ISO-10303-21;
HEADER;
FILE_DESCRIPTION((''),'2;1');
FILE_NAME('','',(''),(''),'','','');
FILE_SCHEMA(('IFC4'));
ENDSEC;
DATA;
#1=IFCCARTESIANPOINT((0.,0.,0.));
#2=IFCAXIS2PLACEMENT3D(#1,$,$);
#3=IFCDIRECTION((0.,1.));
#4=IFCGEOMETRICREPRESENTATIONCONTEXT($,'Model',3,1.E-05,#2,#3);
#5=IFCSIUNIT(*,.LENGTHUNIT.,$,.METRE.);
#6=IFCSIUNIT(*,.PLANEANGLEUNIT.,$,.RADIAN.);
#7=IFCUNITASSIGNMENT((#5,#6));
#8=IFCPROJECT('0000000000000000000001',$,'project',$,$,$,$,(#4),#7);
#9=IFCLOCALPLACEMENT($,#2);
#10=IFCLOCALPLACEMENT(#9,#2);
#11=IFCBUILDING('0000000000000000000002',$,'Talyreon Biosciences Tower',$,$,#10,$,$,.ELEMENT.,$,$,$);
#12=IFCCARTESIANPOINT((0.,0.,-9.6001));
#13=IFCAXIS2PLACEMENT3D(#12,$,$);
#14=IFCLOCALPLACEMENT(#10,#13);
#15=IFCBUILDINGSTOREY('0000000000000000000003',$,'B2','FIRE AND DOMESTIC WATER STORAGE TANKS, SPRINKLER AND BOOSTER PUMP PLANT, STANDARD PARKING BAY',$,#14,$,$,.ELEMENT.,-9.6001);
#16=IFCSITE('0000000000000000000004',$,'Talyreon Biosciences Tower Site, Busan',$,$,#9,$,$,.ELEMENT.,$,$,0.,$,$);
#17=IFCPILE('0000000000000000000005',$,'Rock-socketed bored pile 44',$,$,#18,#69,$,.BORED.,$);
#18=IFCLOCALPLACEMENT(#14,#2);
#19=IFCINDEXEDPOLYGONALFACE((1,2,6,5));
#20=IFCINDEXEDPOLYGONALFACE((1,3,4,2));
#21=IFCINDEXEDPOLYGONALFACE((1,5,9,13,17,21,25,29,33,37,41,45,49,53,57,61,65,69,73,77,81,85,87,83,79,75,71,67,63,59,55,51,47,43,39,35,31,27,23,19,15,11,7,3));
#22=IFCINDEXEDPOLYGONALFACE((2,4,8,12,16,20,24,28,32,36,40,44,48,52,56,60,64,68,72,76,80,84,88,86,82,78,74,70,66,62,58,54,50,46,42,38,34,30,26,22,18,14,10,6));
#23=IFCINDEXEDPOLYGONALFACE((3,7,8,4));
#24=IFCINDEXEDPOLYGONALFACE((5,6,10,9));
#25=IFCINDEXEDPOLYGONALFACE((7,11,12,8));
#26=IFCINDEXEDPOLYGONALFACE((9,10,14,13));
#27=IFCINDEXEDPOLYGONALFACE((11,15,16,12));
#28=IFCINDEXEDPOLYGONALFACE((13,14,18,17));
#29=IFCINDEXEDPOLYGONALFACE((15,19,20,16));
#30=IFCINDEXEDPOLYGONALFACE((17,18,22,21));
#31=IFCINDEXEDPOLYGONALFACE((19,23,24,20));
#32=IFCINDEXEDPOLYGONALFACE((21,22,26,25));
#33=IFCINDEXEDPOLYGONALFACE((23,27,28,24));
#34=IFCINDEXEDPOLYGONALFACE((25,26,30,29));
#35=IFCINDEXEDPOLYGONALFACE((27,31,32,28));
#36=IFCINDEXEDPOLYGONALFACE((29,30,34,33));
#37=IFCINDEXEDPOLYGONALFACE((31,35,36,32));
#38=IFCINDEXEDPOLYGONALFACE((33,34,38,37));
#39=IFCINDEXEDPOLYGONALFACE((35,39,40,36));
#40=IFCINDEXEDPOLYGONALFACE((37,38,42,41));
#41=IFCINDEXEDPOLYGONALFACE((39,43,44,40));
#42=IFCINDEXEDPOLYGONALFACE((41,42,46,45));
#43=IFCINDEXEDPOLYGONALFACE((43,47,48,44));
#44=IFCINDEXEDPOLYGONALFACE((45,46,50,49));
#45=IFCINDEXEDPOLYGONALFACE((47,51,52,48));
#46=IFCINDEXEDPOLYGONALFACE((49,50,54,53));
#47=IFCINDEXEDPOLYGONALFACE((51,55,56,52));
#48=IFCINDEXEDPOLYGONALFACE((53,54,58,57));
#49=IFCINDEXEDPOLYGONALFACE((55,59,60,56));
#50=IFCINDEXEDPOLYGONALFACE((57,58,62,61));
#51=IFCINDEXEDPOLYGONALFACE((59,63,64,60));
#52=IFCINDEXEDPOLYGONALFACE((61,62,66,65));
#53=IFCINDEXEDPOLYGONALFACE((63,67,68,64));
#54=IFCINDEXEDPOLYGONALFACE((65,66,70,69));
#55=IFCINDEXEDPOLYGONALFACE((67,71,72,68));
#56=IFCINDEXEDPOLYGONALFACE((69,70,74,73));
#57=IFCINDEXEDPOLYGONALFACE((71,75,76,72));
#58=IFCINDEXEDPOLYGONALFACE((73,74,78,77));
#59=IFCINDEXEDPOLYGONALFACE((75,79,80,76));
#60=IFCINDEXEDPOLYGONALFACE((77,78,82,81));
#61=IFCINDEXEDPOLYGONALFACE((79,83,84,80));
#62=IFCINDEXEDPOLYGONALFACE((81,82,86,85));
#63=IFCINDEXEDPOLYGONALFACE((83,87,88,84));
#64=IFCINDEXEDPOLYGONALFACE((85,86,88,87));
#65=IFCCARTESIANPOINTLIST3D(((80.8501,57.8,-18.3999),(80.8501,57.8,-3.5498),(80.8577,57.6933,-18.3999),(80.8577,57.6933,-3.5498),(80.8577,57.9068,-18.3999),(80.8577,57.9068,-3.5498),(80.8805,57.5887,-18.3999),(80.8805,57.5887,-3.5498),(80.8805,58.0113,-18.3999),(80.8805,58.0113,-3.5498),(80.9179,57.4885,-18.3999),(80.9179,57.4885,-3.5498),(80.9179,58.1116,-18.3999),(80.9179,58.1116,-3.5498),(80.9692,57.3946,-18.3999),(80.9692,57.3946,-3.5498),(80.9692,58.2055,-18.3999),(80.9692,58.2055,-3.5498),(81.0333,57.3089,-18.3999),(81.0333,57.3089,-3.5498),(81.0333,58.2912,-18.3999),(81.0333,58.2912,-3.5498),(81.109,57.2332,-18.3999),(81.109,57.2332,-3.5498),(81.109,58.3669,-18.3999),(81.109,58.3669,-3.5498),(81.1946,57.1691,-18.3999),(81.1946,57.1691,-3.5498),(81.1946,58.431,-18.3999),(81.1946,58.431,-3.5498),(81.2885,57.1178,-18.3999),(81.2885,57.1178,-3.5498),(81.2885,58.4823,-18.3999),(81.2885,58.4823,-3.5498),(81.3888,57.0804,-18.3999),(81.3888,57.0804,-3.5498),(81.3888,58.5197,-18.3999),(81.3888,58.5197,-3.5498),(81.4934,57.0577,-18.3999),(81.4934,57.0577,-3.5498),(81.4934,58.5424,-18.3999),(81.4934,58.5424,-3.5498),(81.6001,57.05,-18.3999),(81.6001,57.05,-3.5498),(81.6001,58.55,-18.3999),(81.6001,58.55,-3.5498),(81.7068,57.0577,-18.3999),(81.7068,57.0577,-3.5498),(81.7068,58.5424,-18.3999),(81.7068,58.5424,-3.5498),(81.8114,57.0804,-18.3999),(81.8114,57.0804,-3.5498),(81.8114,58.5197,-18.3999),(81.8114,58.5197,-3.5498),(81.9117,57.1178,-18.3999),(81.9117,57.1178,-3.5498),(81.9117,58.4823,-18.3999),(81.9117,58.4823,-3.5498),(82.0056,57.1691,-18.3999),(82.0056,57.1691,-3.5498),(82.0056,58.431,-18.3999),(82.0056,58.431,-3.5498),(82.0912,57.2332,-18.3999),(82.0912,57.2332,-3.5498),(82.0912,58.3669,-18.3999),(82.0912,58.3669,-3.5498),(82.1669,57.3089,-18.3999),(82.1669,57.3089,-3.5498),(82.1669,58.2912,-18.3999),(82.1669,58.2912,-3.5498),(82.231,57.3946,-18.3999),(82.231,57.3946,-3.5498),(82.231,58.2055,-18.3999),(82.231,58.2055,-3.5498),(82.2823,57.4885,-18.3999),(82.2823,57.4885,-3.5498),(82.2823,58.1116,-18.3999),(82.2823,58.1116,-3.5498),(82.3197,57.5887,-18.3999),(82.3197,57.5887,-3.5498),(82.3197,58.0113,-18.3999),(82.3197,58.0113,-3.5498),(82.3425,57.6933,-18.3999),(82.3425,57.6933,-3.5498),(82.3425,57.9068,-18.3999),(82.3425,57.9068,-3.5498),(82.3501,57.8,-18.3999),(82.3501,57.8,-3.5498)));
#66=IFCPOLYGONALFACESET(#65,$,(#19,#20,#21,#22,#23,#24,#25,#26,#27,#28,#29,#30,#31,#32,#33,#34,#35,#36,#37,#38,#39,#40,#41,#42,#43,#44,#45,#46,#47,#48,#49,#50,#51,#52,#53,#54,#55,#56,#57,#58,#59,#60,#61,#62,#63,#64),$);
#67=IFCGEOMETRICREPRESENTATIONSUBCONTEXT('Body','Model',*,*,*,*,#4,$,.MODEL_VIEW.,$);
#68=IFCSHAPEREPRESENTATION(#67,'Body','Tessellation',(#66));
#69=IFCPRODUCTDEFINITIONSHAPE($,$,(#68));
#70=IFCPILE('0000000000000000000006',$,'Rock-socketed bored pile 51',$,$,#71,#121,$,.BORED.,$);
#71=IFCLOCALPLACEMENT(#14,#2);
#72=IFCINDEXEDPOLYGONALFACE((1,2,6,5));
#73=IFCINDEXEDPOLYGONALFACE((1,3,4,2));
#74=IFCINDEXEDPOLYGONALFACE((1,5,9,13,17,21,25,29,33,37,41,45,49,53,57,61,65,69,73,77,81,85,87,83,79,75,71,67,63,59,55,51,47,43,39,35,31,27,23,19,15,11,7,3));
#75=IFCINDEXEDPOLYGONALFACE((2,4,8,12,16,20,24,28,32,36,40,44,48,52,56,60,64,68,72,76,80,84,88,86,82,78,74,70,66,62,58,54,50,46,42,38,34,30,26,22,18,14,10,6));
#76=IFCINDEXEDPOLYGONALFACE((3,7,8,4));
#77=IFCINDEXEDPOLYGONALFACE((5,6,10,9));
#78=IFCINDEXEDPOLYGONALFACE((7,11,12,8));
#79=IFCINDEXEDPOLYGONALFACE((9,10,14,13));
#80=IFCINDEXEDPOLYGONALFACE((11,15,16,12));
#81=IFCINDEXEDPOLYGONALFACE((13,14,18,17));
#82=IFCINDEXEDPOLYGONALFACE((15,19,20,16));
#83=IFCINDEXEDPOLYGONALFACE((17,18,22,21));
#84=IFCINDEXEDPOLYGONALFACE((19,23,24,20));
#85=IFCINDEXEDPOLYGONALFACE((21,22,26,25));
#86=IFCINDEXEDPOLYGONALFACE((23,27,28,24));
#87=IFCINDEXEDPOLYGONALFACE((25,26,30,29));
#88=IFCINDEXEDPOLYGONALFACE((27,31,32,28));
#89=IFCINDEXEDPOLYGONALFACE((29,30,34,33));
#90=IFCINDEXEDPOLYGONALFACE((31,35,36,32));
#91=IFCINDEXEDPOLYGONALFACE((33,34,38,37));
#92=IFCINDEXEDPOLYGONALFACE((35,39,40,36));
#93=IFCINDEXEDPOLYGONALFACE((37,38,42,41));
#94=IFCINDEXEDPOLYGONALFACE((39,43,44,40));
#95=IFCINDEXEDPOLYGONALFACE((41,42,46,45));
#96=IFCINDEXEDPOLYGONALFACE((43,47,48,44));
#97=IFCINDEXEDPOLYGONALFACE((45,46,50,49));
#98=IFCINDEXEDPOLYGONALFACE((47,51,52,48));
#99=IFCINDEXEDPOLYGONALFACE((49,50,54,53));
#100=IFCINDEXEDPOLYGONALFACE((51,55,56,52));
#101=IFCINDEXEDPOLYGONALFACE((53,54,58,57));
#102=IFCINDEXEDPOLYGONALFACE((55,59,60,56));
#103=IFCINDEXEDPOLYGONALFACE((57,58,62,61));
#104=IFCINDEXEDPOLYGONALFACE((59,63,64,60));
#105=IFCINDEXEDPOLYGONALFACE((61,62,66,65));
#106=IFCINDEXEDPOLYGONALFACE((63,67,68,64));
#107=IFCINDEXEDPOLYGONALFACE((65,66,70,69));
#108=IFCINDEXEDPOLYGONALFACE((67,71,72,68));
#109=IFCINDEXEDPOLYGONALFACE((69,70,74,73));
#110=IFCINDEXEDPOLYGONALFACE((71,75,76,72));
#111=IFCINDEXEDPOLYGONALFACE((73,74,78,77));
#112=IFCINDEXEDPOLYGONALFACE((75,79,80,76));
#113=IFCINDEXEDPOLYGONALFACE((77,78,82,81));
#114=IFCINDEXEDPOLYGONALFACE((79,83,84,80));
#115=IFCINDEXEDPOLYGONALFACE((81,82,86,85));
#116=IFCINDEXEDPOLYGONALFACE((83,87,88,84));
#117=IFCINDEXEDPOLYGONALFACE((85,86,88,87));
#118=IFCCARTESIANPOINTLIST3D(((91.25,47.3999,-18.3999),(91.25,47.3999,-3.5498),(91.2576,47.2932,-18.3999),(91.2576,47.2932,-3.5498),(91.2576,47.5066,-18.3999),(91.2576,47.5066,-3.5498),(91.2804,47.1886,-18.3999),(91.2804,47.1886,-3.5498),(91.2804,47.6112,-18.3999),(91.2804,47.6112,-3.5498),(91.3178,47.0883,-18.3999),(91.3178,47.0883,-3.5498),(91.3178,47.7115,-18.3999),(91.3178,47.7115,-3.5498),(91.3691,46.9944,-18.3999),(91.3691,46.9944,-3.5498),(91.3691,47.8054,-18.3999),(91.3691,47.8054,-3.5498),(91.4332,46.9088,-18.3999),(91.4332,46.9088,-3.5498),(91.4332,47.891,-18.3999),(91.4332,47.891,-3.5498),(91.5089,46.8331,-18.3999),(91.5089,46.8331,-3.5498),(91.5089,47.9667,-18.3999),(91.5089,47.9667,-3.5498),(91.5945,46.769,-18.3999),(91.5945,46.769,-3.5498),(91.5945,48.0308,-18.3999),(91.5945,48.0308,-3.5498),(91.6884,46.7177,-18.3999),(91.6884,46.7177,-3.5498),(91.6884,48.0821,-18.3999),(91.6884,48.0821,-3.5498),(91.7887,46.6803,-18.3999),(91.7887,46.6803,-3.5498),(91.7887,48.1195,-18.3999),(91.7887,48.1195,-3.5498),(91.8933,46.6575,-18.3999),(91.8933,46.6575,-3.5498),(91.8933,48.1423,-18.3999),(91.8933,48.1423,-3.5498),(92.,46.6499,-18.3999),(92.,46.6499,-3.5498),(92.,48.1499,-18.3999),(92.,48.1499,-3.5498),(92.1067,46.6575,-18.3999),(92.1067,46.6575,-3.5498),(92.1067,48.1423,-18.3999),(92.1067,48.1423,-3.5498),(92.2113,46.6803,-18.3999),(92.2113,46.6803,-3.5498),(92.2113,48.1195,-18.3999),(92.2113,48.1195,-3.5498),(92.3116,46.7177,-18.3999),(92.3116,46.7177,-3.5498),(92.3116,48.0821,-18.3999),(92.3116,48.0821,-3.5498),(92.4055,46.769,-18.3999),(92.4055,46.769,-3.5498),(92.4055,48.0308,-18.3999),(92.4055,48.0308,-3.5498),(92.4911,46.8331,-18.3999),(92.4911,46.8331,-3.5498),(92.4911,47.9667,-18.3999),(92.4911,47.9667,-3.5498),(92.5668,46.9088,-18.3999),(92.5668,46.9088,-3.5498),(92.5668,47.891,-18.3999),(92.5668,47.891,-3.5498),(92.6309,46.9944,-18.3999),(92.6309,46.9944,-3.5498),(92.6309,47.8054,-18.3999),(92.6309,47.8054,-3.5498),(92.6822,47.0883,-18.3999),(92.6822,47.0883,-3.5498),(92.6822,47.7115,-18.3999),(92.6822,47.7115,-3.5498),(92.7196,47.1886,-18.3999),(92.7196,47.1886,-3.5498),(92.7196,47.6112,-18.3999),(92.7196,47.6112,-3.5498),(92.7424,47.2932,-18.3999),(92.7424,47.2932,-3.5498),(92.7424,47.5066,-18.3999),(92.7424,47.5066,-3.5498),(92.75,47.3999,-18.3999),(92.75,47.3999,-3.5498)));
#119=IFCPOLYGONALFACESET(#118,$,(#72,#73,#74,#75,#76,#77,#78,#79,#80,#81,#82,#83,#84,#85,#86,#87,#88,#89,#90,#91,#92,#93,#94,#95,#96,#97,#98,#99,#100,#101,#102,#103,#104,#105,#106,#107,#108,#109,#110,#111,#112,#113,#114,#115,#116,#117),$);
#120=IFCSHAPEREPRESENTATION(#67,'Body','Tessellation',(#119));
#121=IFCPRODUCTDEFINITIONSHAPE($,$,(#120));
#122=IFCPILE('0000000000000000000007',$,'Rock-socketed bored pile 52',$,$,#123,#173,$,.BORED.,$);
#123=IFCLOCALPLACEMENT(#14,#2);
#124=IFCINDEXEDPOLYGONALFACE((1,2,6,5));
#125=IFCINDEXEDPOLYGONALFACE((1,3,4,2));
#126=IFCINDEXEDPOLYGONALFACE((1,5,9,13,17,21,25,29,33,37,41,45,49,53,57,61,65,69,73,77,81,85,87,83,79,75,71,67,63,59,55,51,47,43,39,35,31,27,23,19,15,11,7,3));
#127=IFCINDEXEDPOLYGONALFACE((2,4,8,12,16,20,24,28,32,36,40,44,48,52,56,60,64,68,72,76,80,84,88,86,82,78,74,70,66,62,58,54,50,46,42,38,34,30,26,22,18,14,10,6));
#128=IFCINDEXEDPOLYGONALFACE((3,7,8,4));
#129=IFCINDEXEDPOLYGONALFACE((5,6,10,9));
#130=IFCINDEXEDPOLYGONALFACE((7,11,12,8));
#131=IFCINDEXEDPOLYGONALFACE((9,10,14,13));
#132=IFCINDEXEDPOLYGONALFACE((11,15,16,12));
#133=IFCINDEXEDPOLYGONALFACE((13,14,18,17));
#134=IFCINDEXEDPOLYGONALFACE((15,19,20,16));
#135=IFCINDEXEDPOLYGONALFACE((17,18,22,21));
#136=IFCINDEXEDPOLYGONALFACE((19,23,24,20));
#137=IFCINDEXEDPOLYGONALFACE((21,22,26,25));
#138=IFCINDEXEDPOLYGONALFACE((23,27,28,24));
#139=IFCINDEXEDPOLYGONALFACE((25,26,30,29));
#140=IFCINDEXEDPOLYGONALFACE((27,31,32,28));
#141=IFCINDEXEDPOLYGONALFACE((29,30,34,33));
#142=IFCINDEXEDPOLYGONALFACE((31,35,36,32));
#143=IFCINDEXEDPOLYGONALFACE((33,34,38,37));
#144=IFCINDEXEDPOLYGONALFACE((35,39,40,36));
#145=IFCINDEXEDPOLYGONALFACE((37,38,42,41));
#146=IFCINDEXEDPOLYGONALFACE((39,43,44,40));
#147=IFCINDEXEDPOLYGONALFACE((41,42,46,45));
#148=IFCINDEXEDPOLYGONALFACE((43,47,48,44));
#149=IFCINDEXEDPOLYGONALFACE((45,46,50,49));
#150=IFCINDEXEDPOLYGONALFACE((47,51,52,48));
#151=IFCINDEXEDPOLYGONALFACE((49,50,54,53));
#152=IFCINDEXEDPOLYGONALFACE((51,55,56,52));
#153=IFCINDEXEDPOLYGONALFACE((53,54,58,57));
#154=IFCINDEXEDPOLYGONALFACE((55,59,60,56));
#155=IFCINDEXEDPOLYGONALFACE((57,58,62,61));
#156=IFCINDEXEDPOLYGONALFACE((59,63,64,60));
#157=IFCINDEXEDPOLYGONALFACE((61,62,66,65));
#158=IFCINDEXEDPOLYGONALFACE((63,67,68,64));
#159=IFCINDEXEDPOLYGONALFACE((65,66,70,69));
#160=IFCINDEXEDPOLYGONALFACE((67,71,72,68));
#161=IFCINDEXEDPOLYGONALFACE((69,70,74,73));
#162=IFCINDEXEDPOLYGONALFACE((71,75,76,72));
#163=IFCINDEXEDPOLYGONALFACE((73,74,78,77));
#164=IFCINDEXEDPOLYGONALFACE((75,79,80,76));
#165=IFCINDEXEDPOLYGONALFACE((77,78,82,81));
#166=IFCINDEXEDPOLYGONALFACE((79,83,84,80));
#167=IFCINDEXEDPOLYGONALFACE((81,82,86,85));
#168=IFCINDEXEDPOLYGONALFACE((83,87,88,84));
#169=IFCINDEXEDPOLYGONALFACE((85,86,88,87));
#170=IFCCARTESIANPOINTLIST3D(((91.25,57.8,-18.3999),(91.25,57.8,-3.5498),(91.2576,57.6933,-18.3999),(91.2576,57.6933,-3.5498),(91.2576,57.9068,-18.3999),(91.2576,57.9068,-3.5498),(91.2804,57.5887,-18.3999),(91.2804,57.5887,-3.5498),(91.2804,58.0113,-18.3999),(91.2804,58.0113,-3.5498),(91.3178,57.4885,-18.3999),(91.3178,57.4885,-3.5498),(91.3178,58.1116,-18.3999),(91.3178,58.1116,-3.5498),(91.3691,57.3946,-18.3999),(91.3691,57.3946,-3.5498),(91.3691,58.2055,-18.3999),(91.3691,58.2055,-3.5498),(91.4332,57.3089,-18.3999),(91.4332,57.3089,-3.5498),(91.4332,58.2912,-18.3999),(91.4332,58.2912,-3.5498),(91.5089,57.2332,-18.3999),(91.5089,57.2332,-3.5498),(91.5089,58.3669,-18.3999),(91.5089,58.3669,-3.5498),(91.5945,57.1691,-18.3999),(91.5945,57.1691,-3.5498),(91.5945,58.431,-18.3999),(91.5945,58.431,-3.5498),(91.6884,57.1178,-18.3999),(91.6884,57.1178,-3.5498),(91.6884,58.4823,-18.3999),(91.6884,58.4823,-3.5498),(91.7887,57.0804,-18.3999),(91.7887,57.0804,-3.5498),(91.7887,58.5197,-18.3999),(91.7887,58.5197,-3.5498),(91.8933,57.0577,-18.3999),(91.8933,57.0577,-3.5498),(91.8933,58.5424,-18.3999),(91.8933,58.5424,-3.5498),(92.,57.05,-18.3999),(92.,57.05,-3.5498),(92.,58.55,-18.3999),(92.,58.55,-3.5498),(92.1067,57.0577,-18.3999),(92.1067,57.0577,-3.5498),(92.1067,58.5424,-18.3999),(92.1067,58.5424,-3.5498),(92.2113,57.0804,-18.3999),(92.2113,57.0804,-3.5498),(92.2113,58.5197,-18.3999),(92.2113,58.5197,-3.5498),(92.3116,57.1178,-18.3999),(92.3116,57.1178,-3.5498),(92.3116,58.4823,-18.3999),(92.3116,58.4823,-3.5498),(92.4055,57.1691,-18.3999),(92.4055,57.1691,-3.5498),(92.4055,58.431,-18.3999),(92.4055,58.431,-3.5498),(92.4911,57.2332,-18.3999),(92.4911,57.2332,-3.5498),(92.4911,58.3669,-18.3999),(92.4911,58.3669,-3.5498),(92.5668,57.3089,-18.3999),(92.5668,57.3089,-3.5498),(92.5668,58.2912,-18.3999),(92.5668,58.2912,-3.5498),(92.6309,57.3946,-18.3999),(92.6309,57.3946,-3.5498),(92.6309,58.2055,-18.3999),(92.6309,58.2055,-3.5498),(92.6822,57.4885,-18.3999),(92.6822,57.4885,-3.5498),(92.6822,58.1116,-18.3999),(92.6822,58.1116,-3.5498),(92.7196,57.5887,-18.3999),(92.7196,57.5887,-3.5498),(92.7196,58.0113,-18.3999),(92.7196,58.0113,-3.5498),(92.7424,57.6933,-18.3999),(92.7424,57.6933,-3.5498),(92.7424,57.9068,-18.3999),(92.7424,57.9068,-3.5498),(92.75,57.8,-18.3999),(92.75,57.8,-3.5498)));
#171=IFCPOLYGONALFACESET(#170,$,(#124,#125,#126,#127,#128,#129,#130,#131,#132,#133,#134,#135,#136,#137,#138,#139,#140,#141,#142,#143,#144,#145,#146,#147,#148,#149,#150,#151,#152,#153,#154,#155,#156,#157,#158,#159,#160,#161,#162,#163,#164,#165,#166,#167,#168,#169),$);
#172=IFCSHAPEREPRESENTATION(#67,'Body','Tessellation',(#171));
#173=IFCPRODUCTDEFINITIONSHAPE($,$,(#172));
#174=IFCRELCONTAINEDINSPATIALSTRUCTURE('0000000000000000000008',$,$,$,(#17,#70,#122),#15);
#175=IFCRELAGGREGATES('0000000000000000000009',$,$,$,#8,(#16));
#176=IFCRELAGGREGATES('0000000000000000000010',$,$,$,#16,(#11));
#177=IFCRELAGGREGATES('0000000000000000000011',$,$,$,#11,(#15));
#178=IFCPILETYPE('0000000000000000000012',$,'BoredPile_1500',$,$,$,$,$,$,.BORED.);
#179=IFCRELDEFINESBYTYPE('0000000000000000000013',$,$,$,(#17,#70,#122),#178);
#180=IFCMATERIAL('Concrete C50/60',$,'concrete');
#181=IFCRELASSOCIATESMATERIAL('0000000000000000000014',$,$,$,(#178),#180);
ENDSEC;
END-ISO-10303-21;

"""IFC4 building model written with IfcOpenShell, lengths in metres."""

from ifc_helpers import new_model, si_unit, direction, frame, origin, origin_2d, place, context, subcontext, project, spatial, circle, extrude, material, material_profile, profile_set, type_object, element, save


model = new_model("IFC4")

# Units and contexts
model_context = context("Model", 3, precision=1e-05, world=origin(), true_north=direction((0.0, 1.0)))
body_context = subcontext(model_context, "Body", "Model", "MODEL_VIEW")
ifc_project = project(units=[si_unit("LENGTHUNIT", "METRE"), si_unit("PLANEANGLEUNIT", "RADIAN")], contexts=[model_context])

# Site, building, storey
site_placement = place(None, origin())
site = spatial("IfcSite", under=ifc_project, at=site_placement, Name="Talyreon Biosciences Tower Site, Busan", CompositionType="ELEMENT", RefElevation=0.0)
building_placement = place(site_placement, origin())
building = spatial("IfcBuilding", under=site, at=building_placement, Name="Talyreon Biosciences Tower", CompositionType="ELEMENT")
storey_placement = place(building_placement, frame((0.0, 0.0, -9.6001)))
storey = spatial("IfcBuildingStorey", under=building, at=storey_placement, Name="B2", Description="FIRE AND DOMESTIC WATER STORAGE TANKS, SPRINKLER AND BOOSTER PUMP PLANT, STANDARD PARKING BAY", CompositionType="ELEMENT", Elevation=-9.6001)

# Piles
ifc_material_1 = material(Name="Concrete C50/60", Category="concrete")
ifc_material_profile_1 = material_profile(ifc_material_1, circle(Radius=0.75, at=origin_2d()), Name="PILE D1500")
ifc_profile_set_1 = profile_set([ifc_material_profile_1], Name="Concrete C50/60")
pile_type = type_object("IfcPileType", Name="BoredPile_1500", PredefinedType="BORED", material=ifc_profile_set_1)
for number, where, z_axis, x_axis, name in (
    (1, (81.6001, 57.8, -3.5498), (0.0, 0.0, -1.0), (1.0, 0.0, 0.0), "Rock-socketed bored pile 44"),
    (2, (92.0, 47.3999, -3.5498), (0.0, 0.0, -1.0), (1.0, 0.0, 0.0), "Rock-socketed bored pile 51"),
    (3, (92.0, 57.8, -3.5498), (0.0, 0.0, -1.0), (1.0, 0.0, 0.0), "Rock-socketed bored pile 52"),
):
    element("IfcPile", number, at=place(storey_placement, frame(where, z_axis=z_axis, x_axis=x_axis)), inside=storey, type_object=pile_type, Name=name, PredefinedType="BORED", context=body_context, shape_type="SweptSolid", body=[
        extrude(circle(Radius=0.75, at=origin_2d()), origin(), (0.0, 0.0, 1.0), 14.8501),
    ])

save(model, "model.ifc")
